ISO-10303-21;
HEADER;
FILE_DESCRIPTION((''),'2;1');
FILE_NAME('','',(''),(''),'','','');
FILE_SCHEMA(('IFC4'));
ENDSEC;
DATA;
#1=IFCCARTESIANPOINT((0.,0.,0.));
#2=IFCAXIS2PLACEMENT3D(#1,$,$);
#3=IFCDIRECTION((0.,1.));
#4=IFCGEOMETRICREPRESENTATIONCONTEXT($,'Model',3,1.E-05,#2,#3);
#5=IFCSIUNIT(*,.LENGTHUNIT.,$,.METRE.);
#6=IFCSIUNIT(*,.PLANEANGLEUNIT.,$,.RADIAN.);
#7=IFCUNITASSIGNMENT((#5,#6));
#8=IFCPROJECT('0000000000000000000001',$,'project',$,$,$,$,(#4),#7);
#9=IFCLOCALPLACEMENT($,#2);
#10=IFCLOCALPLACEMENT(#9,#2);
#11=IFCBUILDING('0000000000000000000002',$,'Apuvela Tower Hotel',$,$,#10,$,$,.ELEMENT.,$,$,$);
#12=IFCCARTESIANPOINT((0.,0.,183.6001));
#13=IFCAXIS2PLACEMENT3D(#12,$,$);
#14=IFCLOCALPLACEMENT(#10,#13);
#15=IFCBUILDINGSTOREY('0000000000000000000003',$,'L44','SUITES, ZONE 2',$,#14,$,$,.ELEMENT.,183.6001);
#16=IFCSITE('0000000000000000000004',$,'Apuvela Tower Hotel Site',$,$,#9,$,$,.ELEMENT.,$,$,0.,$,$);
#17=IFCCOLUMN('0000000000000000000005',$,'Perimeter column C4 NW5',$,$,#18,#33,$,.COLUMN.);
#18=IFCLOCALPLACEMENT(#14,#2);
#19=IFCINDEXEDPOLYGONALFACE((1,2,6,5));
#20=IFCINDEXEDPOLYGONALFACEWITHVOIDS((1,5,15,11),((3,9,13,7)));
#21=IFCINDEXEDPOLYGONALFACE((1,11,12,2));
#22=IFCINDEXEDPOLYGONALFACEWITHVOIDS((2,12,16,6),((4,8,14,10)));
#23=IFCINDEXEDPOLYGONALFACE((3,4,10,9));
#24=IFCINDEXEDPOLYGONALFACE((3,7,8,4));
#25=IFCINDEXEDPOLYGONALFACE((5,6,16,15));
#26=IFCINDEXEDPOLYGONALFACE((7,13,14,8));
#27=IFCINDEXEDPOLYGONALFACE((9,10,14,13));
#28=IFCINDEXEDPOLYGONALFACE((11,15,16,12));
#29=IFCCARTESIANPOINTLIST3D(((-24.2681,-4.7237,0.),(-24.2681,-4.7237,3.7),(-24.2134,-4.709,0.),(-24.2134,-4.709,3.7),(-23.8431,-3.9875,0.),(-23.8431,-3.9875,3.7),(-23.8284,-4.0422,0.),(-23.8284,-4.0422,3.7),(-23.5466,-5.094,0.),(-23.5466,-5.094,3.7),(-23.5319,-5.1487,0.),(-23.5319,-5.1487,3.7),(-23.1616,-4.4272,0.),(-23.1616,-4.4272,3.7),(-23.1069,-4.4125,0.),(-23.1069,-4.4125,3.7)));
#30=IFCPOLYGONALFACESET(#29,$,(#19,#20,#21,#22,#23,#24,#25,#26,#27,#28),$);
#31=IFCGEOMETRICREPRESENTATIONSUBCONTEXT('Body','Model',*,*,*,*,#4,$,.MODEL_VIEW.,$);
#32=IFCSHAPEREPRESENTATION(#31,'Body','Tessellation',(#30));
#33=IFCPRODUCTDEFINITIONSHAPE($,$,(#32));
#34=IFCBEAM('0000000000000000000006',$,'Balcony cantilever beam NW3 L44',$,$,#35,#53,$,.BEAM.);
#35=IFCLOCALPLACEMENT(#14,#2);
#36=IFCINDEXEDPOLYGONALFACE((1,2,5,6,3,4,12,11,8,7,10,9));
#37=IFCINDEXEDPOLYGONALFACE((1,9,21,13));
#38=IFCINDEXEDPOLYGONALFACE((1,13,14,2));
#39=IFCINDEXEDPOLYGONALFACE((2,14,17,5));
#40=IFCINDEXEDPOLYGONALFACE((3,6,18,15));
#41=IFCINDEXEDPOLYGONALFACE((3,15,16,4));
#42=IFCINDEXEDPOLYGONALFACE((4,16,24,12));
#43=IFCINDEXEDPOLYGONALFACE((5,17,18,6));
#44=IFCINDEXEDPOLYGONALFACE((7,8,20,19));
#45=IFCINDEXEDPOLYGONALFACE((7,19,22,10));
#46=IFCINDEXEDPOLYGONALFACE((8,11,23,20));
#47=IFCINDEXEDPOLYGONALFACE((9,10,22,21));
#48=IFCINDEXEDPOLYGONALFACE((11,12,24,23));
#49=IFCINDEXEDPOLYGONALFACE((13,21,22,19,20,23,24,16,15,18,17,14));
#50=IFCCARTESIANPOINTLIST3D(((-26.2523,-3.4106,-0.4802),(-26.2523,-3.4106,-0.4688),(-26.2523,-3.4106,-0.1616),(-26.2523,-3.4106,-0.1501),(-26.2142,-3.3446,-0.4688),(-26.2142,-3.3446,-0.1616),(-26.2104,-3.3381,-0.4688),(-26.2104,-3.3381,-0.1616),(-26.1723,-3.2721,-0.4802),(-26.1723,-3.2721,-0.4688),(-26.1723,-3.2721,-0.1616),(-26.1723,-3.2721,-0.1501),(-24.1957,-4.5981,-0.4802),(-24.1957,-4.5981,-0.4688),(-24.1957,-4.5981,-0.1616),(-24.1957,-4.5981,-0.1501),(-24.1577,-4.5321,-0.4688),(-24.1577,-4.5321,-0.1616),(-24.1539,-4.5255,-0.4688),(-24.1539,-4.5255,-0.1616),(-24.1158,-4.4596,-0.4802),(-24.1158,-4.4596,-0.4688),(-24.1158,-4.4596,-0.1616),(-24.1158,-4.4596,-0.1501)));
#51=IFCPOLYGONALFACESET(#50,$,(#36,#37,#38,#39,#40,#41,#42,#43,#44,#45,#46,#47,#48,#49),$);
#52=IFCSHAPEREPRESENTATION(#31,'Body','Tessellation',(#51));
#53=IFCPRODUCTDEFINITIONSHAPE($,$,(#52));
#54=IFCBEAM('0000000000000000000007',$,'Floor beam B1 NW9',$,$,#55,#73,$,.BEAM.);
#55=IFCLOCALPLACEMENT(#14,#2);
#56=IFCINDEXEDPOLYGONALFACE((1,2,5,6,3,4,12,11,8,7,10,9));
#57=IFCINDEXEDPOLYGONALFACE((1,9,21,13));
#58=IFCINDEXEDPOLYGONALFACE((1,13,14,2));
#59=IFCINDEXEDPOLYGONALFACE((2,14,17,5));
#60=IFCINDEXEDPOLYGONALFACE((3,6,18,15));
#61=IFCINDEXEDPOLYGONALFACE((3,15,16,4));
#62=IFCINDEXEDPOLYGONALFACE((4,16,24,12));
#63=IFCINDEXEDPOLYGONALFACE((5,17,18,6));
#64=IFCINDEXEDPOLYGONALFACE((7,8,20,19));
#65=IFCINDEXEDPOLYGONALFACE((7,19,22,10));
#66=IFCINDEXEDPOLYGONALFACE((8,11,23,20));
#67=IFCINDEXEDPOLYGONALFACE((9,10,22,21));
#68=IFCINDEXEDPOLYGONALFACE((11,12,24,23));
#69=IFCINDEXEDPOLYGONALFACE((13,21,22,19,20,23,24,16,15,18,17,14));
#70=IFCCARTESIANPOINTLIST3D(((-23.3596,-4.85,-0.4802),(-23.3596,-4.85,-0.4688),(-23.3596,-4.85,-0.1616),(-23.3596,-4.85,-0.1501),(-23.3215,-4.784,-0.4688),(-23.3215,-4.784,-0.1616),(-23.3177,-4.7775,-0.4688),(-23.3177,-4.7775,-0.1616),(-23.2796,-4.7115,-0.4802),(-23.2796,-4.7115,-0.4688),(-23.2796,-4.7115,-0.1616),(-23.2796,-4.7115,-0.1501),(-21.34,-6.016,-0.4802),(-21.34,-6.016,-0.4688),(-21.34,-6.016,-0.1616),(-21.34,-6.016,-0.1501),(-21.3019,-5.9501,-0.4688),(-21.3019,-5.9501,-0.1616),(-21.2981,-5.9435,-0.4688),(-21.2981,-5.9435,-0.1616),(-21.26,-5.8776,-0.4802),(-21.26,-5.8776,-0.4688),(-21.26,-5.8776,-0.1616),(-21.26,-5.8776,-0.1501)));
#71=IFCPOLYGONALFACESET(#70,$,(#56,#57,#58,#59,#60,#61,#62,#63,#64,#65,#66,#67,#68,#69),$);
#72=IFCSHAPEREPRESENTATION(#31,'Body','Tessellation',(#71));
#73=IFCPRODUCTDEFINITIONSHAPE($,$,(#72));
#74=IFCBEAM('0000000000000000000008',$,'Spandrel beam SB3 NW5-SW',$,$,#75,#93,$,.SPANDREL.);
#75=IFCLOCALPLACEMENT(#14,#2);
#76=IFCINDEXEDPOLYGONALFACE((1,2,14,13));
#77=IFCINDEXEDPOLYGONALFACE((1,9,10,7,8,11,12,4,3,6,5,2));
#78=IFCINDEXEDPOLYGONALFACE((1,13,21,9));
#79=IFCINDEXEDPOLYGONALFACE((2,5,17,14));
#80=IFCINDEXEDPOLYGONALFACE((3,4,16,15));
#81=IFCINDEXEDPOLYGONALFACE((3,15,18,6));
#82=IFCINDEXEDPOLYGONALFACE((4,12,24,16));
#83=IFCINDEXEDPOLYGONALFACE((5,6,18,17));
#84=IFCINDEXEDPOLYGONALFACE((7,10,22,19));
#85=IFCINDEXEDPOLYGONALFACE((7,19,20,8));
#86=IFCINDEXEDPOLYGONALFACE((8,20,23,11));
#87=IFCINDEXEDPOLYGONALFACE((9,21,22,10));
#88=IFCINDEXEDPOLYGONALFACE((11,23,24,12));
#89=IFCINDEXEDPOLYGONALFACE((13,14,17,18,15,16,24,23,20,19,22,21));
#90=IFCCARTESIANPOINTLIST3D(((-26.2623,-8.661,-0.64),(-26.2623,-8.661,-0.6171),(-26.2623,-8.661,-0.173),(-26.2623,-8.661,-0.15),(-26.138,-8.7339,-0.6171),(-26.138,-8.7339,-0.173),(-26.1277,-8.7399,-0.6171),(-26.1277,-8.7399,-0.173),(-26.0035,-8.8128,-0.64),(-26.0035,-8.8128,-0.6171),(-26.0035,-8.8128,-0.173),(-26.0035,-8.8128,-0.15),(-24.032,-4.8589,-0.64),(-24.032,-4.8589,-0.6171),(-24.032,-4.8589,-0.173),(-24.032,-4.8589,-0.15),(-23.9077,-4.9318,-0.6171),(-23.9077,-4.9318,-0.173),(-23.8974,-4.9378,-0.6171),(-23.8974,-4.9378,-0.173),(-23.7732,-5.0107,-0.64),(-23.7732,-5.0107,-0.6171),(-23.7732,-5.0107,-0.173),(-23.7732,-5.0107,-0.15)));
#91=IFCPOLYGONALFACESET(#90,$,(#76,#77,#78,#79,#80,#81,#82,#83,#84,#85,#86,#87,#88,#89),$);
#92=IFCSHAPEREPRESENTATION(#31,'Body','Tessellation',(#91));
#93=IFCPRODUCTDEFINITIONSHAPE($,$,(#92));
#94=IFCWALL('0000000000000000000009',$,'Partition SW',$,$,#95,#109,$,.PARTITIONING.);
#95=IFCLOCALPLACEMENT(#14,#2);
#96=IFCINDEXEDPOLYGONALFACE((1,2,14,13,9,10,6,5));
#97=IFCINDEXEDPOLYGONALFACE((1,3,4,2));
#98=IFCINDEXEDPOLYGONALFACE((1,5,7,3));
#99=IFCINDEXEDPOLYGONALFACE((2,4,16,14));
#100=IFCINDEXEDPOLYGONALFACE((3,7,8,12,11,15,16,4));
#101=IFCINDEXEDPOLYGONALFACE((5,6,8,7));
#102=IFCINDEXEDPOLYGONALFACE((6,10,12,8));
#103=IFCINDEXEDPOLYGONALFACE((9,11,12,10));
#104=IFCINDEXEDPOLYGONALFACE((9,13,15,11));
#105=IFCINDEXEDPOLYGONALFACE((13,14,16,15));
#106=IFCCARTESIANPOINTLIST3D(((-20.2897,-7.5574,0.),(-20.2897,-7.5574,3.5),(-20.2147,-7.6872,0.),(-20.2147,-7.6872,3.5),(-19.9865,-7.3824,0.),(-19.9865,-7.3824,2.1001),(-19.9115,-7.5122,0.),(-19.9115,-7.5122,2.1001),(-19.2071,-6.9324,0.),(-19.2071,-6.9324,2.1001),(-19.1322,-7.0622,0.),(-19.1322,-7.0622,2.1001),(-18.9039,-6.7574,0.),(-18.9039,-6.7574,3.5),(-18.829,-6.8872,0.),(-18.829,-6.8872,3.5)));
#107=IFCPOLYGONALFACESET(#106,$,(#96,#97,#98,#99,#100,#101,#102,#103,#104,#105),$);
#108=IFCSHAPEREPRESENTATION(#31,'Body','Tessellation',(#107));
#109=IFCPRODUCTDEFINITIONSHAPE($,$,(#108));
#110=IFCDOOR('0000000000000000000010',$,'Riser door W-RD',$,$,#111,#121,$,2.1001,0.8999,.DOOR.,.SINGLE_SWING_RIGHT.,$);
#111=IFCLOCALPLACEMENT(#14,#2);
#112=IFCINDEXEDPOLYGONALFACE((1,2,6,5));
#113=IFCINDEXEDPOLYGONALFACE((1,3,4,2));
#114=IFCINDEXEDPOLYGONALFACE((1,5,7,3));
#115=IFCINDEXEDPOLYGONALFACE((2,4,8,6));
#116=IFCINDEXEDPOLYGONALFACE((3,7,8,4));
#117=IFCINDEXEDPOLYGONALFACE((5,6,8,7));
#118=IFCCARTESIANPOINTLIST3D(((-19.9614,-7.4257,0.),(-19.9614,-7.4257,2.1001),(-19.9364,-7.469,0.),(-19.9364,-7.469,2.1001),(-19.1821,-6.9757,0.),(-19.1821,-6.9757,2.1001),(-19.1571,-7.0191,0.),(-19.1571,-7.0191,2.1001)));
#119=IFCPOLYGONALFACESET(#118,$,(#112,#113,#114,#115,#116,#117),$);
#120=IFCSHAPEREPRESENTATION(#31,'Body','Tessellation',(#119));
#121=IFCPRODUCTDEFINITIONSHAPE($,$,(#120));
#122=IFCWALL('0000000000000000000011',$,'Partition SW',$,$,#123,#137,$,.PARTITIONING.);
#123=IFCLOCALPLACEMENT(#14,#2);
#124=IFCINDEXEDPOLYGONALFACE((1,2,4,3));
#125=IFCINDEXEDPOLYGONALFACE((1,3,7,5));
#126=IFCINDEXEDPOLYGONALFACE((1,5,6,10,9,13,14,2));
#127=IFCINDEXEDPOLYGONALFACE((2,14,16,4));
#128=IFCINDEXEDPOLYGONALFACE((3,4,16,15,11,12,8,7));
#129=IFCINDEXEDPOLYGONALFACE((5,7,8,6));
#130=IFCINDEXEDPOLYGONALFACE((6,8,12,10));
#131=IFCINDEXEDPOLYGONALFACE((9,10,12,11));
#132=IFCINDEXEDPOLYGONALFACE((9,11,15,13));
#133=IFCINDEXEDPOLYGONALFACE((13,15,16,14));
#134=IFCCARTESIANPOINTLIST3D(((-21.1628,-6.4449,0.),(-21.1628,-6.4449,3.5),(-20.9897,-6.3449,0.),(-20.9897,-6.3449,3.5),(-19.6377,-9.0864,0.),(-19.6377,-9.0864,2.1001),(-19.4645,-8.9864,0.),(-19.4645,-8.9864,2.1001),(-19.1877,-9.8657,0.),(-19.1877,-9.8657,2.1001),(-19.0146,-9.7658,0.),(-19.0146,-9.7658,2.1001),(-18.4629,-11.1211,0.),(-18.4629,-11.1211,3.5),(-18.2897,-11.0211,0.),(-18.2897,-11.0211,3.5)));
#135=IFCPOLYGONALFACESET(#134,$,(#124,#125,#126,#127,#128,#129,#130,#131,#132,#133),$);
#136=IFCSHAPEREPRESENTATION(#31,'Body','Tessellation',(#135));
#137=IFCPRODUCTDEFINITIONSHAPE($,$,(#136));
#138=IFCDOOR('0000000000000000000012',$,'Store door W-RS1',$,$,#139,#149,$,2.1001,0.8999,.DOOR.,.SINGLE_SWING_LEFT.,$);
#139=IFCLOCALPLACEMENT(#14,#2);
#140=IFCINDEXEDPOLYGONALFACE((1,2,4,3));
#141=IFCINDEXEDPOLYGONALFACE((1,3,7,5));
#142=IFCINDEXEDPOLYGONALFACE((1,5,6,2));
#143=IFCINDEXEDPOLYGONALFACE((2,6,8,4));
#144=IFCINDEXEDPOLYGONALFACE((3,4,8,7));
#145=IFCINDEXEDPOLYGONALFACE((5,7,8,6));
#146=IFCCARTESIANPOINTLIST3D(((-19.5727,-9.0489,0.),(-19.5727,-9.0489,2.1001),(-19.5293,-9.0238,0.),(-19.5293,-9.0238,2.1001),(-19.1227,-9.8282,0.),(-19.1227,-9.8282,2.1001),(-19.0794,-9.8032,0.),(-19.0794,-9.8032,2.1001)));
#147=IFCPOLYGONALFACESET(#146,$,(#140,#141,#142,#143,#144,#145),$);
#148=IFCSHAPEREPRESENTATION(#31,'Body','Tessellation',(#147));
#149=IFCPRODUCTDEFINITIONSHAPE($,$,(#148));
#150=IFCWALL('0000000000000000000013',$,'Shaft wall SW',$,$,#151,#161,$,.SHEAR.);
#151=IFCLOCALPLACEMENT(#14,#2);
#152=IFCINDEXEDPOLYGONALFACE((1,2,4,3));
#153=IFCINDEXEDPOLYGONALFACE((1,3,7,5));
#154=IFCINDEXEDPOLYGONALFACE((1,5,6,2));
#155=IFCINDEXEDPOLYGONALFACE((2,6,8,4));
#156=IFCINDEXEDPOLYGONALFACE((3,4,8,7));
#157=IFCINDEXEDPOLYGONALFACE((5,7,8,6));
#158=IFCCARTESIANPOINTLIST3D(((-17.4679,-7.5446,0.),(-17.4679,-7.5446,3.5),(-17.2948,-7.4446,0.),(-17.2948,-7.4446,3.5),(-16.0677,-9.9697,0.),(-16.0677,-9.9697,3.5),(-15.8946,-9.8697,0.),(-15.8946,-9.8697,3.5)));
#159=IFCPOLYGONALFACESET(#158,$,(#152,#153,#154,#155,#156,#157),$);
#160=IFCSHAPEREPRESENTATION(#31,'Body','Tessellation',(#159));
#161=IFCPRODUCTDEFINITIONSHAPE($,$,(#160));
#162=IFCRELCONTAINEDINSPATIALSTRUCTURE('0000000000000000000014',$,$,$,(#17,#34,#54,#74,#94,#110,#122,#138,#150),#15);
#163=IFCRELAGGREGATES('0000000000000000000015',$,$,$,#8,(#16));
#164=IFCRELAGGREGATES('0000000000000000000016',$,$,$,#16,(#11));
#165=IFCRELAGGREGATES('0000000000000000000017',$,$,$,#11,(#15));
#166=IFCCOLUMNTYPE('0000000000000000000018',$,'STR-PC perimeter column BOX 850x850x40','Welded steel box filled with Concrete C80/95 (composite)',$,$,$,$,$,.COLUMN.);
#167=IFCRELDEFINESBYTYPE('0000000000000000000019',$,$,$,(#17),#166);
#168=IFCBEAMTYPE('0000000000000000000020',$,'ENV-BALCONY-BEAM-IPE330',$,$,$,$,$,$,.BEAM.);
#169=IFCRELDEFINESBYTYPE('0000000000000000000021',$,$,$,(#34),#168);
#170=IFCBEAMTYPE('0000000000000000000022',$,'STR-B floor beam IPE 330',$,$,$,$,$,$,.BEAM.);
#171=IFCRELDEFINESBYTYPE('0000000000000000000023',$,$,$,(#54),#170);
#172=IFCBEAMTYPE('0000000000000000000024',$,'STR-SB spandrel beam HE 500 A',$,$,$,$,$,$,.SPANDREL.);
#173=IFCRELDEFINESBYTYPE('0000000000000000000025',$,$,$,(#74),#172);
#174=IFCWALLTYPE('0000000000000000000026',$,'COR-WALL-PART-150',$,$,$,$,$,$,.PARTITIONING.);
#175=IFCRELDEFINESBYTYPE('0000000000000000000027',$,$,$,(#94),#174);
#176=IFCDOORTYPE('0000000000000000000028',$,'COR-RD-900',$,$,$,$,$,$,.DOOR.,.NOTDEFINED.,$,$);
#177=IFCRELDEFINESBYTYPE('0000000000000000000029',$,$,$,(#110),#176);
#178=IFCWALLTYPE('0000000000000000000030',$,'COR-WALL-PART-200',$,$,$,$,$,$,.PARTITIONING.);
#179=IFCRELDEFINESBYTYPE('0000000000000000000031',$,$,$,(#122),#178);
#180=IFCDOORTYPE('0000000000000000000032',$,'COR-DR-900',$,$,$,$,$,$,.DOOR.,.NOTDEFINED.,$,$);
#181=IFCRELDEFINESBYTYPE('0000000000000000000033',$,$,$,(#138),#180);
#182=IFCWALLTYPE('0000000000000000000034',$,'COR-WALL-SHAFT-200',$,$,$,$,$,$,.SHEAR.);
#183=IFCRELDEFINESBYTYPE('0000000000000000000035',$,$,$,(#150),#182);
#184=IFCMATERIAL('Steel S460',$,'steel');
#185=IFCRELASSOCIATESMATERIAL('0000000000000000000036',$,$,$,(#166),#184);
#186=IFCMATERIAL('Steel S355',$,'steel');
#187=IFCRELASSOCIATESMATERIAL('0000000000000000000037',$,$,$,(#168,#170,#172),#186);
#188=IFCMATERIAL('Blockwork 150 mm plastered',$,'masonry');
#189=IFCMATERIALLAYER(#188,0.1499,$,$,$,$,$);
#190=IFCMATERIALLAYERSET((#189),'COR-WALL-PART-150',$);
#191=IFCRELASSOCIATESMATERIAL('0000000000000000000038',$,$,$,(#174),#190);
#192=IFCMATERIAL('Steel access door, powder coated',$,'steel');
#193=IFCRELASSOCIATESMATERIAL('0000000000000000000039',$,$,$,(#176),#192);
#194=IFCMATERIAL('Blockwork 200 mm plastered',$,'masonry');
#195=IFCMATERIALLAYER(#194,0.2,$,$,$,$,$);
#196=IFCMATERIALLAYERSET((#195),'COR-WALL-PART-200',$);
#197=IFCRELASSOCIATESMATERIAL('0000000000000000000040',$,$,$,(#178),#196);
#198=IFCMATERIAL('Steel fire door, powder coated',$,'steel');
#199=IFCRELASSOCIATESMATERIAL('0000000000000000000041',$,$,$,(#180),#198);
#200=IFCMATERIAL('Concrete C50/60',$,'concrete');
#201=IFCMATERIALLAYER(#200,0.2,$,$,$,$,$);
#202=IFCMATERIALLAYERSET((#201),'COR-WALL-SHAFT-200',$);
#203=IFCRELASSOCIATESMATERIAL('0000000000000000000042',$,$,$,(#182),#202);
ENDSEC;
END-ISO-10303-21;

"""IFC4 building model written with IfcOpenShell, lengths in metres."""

from ifc_helpers import new_model, si_unit, direction, frame, frame_2d, origin, origin_2d, place, context, subcontext, project, spatial, rectangle, hollow_rectangle, i_section, extrude, material, layer, layer_set, material_profile, profile_set, type_object, element, fill, save


model = new_model("IFC4")

# Units and contexts
model_context = context("Model", 3, precision=1e-05, world=origin(), true_north=direction((0.0, 1.0)))
body_context = subcontext(model_context, "Body", "Model", "MODEL_VIEW")
ifc_project = project(units=[si_unit("LENGTHUNIT", "METRE"), si_unit("PLANEANGLEUNIT", "RADIAN")], contexts=[model_context])

# Site, building, storey
site_placement = place(None, origin())
site = spatial("IfcSite", under=ifc_project, at=site_placement, Name="Apuvela Tower Hotel Site", CompositionType="ELEMENT", RefElevation=0.0)
building_placement = place(site_placement, origin())
building = spatial("IfcBuilding", under=site, at=building_placement, Name="Apuvela Tower Hotel", CompositionType="ELEMENT")
storey_placement = place(building_placement, frame((0.0, 0.0, 183.6001)))
storey = spatial("IfcBuildingStorey", under=building, at=storey_placement, Name="L44", Description="SUITES, ZONE 2", CompositionType="ELEMENT", Elevation=183.6001)

# Column
ifc_material_1 = material(Name="Steel S460", Category="steel")
ifc_material_profile_1 = material_profile(ifc_material_1, hollow_rectangle(XDim=0.8501, YDim=0.8501, WallThickness=0.04, at=origin_2d()), Name="BOX 850x850x40")
ifc_material_2 = material(Name="Concrete C80/95", Category="concrete")
ifc_material_profile_2 = material_profile(ifc_material_2, rectangle(XDim=0.77, YDim=0.77, at=origin_2d()), Name="Concrete C80/95 infill")
ifc_profile_set_1 = profile_set([ifc_material_profile_1, ifc_material_profile_2], Name="Steel S460")
column_type = type_object("IfcColumnType", Name="STR-PC perimeter column BOX 850x850x40", Description="Welded steel box filled with Concrete C80/95 (composite)", PredefinedType="COLUMN", material=ifc_profile_set_1)
column_placement = place(storey_placement, frame((-23.6875, -4.5681, 0.0), z_axis=(0.0, 0.0, 1.0), x_axis=(0.5, 0.866025, 0.0)))
element("IfcColumn", 1, at=column_placement, inside=storey, type_object=column_type, Name="Perimeter column C4 NW5", PredefinedType="COLUMN", context=body_context, shape_type="SweptSolid", body=[
    extrude(hollow_rectangle(XDim=0.8501, YDim=0.8501, WallThickness=0.04, at=origin_2d()), origin(), (0.0, 0.0, 1.0), 3.7),
])

# Beams
ifc_material_3 = material(Name="Steel S355", Category="steel")
ifc_material_profile_3 = material_profile(ifc_material_3, i_section(OverallWidth=0.1599, OverallDepth=0.3301, WebThickness=0.0076, FlangeThickness=0.0115, at=origin_2d()), Name="IPE 330")
ifc_profile_set_2 = profile_set([ifc_material_profile_3], Name="Steel S355")
beam_type_1 = type_object("IfcBeamType", Name="ENV-BALCONY-BEAM-IPE330", PredefinedType="BEAM", material=ifc_profile_set_2)
beam_1_placement = place(storey_placement, frame((-24.1558, -4.5288, -0.3152), z_axis=(-0.866008, 0.500031, 0.0), x_axis=(-0.500031, -0.866008, 0.0)))
element("IfcBeam", 2, at=beam_1_placement, inside=storey, type_object=beam_type_1, Name="Balcony cantilever beam NW3 L44", PredefinedType="BEAM", context=body_context, shape_type="SweptSolid", body=[
    extrude(i_section(OverallWidth=0.1599, OverallDepth=0.3301, WebThickness=0.0076, FlangeThickness=0.0115, at=origin_2d()), origin(), (0.0, 0.0, 1.0), 2.3748),
])
ifc_material_profile_4 = material_profile(ifc_material_3, i_section(OverallWidth=0.1599, OverallDepth=0.3301, WebThickness=0.0076, FlangeThickness=0.0115, at=origin_2d()), Name="IPE 330")
ifc_profile_set_3 = profile_set([ifc_material_profile_4], Name="Steel S355")
beam_type_2 = type_object("IfcBeamType", Name="STR-B floor beam IPE 330", PredefinedType="BEAM", material=ifc_profile_set_3)
beam_2_placement = place(storey_placement, frame((-23.3196, -4.7808, -0.3152), z_axis=(0.866018, -0.500012, 0.0), x_axis=(0.500012, 0.866018, 0.0)))
element("IfcBeam", 3, at=beam_2_placement, inside=storey, type_object=beam_type_2, Name="Floor beam B1 NW9", PredefinedType="BEAM", context=body_context, shape_type="SweptSolid", body=[
    extrude(i_section(OverallWidth=0.1599, OverallDepth=0.3301, WebThickness=0.0076, FlangeThickness=0.0115, at=origin_2d()), origin(), (0.0, 0.0, 1.0), 2.332),
])
ifc_material_profile_5 = material_profile(ifc_material_3, i_section(OverallWidth=0.3, OverallDepth=0.49, WebThickness=0.012, FlangeThickness=0.0229, at=origin_2d()), Name="HE 500 A")
ifc_profile_set_4 = profile_set([ifc_material_profile_5], Name="Steel S355")
beam_type_3 = type_object("IfcBeamType", Name="STR-SB spandrel beam HE 500 A", PredefinedType="SPANDREL", material=ifc_profile_set_4)
beam_3_placement = place(storey_placement, frame((-23.9026, -4.9348, -0.395), z_axis=(-0.505967, -0.862553, 0.0), x_axis=(0.862553, -0.505967, 0.0)))
element("IfcBeam", 4, at=beam_3_placement, inside=storey, type_object=beam_type_3, Name="Spandrel beam SB3 NW5-SW", PredefinedType="SPANDREL", context=body_context, shape_type="SweptSolid", body=[
    extrude(i_section(OverallWidth=0.3, OverallDepth=0.49, WebThickness=0.012, FlangeThickness=0.0229, at=origin_2d()), origin(), (0.0, 0.0, 1.0), 4.408),
])

# Walls, openings, doors
ifc_material_4 = material(Name="Blockwork 150 mm plastered", Category="masonry")
ifc_layer_1 = layer(ifc_material_4, 0.1499)
ifc_layer_set_1 = layer_set([ifc_layer_1], Name="COR-WALL-PART-150")
wall_type_1 = type_object("IfcWallType", Name="COR-WALL-PART-150", PredefinedType="PARTITIONING", material=ifc_layer_set_1)
wall_1_placement = place(storey_placement, frame((-18.8665, -6.8223, 0.0), z_axis=(0.0, 0.0, 1.0), x_axis=(-0.866028, -0.499995, 0.0)))
wall_1 = element("IfcWall", 5, at=wall_1_placement, inside=storey, type_object=wall_type_1, Name="Partition SW", PredefinedType="PARTITIONING", context=body_context, shape_type="SweptSolid", body=[
    extrude(rectangle(XDim=1.6001, YDim=0.1499, at=frame_2d((0.8, 0.0))), origin(), (0.0, 0.0, 1.0), 3.5),
])
opening_1_placement = place(wall_1_placement, frame((0.3501, 0.0, 0.0)))
opening_1 = element("IfcOpeningElement", 6, at=opening_1_placement, cuts=wall_1, PredefinedType="OPENING", context=body_context, shape_type="SweptSolid", body=[
    extrude(rectangle(XDim=0.8999, YDim=2.1001, at=frame_2d((0.45, 1.05))), frame((0.0, 0.085, 0.0), z_axis=(0.0, -1.0, 0.0), x_axis=(1.0, 0.0, 0.0)), (0.0, 0.0, 1.0), 0.1699),
])
ifc_material_5 = material(Name="Steel access door, powder coated", Category="steel")
door_type_1 = type_object("IfcDoorType", Name="COR-RD-900", OperationType="NOTDEFINED", PredefinedType="DOOR", material=ifc_material_5)
door_1_placement = place(opening_1_placement, frame((0.8999, 0.0, 0.0), z_axis=(0.0, 0.0, 1.0), x_axis=(-1.0, 0.0, 0.0)))
door_1 = element("IfcDoor", 7, at=door_1_placement, inside=storey, type_object=door_type_1, Name="Riser door W-RD", OperationType="SINGLE_SWING_RIGHT", OverallHeight=2.1001, OverallWidth=0.8999, PredefinedType="DOOR", context=body_context, shape_type="SweptSolid", body=[
    extrude(rectangle(XDim=0.8999, YDim=2.1001, at=frame_2d((0.45, 1.05))), frame((0.0, 0.0249, 0.0), z_axis=(0.0, -1.0, 0.0), x_axis=(1.0, 0.0, 0.0)), (0.0, 0.0, 1.0), 0.05),
])
fill(opening_1, door_1)
ifc_material_6 = material(Name="Blockwork 200 mm plastered", Category="masonry")
ifc_layer_2 = layer(ifc_material_6, 0.2)
ifc_layer_set_2 = layer_set([ifc_layer_2], Name="COR-WALL-PART-200")
wall_type_2 = type_object("IfcWallType", Name="COR-WALL-PART-200", PredefinedType="PARTITIONING", material=ifc_layer_set_2)
wall_2_placement = place(storey_placement, frame((-21.0762, -6.395, 0.0), z_axis=(0.0, 0.0, 1.0), x_axis=(0.500015, -0.866017, 0.0)))
wall_2 = element("IfcWall", 8, at=wall_2_placement, inside=storey, type_object=wall_type_2, Name="Partition SW", PredefinedType="PARTITIONING", context=body_context, shape_type="SweptSolid", body=[
    extrude(rectangle(XDim=5.3997, YDim=0.2, at=frame_2d((2.6997, 0.0))), origin(), (0.0, 0.0, 1.0), 3.5),
])
opening_2_placement = place(wall_2_placement, frame((3.05, 0.0, 0.0)))
opening_2 = element("IfcOpeningElement", 9, at=opening_2_placement, cuts=wall_2, PredefinedType="OPENING", context=body_context, shape_type="SweptSolid", body=[
    extrude(rectangle(XDim=0.8999, YDim=2.1001, at=frame_2d((0.45, 1.05))), frame((0.0, 0.1099, 0.0), z_axis=(0.0, -1.0, 0.0), x_axis=(1.0, 0.0, 0.0)), (0.0, 0.0, 1.0), 0.22),
])
ifc_material_7 = material(Name="Steel fire door, powder coated", Category="steel")
door_type_2 = type_object("IfcDoorType", Name="COR-DR-900", OperationType="NOTDEFINED", PredefinedType="DOOR", material=ifc_material_7)
door_2_placement = place(opening_2_placement, frame((0.8999, 0.0, 0.0), z_axis=(0.0, 0.0, 1.0), x_axis=(-1.0, 0.0, 0.0)))
door_2 = element("IfcDoor", 10, at=door_2_placement, inside=storey, type_object=door_type_2, Name="Store door W-RS1", OperationType="SINGLE_SWING_LEFT", OverallHeight=2.1001, OverallWidth=0.8999, PredefinedType="DOOR", context=body_context, shape_type="SweptSolid", body=[
    extrude(rectangle(XDim=0.8999, YDim=2.1001, at=frame_2d((0.45, 1.05))), frame((0.0, 0.0249, 0.0), z_axis=(0.0, -1.0, 0.0), x_axis=(1.0, 0.0, 0.0)), (0.0, 0.0, 1.0), 0.05),
])
fill(opening_2, door_2)

# Wall
ifc_material_8 = material(Name="Concrete C50/60", Category="concrete")
ifc_layer_3 = layer(ifc_material_8, 0.2)
ifc_layer_set_3 = layer_set([ifc_layer_3], Name="COR-WALL-SHAFT-200")
wall_type_3 = type_object("IfcWallType", Name="COR-WALL-SHAFT-200", PredefinedType="SHEAR", material=ifc_layer_set_3)
wall_3_placement = place(storey_placement, frame((-17.3813, -7.4946, 0.0), z_axis=(0.0, 0.0, 1.0), x_axis=(0.500012, -0.866019, 0.0)))
element("IfcWall", 11, at=wall_3_placement, inside=storey, type_object=wall_type_3, Name="Shaft wall SW", PredefinedType="SHEAR", context=body_context, shape_type="SweptSolid", body=[
    extrude(rectangle(XDim=2.8003, YDim=0.2, at=frame_2d((1.4001, 0.0))), origin(), (0.0, 0.0, 1.0), 3.5),
])

save(model, "model.ifc")
